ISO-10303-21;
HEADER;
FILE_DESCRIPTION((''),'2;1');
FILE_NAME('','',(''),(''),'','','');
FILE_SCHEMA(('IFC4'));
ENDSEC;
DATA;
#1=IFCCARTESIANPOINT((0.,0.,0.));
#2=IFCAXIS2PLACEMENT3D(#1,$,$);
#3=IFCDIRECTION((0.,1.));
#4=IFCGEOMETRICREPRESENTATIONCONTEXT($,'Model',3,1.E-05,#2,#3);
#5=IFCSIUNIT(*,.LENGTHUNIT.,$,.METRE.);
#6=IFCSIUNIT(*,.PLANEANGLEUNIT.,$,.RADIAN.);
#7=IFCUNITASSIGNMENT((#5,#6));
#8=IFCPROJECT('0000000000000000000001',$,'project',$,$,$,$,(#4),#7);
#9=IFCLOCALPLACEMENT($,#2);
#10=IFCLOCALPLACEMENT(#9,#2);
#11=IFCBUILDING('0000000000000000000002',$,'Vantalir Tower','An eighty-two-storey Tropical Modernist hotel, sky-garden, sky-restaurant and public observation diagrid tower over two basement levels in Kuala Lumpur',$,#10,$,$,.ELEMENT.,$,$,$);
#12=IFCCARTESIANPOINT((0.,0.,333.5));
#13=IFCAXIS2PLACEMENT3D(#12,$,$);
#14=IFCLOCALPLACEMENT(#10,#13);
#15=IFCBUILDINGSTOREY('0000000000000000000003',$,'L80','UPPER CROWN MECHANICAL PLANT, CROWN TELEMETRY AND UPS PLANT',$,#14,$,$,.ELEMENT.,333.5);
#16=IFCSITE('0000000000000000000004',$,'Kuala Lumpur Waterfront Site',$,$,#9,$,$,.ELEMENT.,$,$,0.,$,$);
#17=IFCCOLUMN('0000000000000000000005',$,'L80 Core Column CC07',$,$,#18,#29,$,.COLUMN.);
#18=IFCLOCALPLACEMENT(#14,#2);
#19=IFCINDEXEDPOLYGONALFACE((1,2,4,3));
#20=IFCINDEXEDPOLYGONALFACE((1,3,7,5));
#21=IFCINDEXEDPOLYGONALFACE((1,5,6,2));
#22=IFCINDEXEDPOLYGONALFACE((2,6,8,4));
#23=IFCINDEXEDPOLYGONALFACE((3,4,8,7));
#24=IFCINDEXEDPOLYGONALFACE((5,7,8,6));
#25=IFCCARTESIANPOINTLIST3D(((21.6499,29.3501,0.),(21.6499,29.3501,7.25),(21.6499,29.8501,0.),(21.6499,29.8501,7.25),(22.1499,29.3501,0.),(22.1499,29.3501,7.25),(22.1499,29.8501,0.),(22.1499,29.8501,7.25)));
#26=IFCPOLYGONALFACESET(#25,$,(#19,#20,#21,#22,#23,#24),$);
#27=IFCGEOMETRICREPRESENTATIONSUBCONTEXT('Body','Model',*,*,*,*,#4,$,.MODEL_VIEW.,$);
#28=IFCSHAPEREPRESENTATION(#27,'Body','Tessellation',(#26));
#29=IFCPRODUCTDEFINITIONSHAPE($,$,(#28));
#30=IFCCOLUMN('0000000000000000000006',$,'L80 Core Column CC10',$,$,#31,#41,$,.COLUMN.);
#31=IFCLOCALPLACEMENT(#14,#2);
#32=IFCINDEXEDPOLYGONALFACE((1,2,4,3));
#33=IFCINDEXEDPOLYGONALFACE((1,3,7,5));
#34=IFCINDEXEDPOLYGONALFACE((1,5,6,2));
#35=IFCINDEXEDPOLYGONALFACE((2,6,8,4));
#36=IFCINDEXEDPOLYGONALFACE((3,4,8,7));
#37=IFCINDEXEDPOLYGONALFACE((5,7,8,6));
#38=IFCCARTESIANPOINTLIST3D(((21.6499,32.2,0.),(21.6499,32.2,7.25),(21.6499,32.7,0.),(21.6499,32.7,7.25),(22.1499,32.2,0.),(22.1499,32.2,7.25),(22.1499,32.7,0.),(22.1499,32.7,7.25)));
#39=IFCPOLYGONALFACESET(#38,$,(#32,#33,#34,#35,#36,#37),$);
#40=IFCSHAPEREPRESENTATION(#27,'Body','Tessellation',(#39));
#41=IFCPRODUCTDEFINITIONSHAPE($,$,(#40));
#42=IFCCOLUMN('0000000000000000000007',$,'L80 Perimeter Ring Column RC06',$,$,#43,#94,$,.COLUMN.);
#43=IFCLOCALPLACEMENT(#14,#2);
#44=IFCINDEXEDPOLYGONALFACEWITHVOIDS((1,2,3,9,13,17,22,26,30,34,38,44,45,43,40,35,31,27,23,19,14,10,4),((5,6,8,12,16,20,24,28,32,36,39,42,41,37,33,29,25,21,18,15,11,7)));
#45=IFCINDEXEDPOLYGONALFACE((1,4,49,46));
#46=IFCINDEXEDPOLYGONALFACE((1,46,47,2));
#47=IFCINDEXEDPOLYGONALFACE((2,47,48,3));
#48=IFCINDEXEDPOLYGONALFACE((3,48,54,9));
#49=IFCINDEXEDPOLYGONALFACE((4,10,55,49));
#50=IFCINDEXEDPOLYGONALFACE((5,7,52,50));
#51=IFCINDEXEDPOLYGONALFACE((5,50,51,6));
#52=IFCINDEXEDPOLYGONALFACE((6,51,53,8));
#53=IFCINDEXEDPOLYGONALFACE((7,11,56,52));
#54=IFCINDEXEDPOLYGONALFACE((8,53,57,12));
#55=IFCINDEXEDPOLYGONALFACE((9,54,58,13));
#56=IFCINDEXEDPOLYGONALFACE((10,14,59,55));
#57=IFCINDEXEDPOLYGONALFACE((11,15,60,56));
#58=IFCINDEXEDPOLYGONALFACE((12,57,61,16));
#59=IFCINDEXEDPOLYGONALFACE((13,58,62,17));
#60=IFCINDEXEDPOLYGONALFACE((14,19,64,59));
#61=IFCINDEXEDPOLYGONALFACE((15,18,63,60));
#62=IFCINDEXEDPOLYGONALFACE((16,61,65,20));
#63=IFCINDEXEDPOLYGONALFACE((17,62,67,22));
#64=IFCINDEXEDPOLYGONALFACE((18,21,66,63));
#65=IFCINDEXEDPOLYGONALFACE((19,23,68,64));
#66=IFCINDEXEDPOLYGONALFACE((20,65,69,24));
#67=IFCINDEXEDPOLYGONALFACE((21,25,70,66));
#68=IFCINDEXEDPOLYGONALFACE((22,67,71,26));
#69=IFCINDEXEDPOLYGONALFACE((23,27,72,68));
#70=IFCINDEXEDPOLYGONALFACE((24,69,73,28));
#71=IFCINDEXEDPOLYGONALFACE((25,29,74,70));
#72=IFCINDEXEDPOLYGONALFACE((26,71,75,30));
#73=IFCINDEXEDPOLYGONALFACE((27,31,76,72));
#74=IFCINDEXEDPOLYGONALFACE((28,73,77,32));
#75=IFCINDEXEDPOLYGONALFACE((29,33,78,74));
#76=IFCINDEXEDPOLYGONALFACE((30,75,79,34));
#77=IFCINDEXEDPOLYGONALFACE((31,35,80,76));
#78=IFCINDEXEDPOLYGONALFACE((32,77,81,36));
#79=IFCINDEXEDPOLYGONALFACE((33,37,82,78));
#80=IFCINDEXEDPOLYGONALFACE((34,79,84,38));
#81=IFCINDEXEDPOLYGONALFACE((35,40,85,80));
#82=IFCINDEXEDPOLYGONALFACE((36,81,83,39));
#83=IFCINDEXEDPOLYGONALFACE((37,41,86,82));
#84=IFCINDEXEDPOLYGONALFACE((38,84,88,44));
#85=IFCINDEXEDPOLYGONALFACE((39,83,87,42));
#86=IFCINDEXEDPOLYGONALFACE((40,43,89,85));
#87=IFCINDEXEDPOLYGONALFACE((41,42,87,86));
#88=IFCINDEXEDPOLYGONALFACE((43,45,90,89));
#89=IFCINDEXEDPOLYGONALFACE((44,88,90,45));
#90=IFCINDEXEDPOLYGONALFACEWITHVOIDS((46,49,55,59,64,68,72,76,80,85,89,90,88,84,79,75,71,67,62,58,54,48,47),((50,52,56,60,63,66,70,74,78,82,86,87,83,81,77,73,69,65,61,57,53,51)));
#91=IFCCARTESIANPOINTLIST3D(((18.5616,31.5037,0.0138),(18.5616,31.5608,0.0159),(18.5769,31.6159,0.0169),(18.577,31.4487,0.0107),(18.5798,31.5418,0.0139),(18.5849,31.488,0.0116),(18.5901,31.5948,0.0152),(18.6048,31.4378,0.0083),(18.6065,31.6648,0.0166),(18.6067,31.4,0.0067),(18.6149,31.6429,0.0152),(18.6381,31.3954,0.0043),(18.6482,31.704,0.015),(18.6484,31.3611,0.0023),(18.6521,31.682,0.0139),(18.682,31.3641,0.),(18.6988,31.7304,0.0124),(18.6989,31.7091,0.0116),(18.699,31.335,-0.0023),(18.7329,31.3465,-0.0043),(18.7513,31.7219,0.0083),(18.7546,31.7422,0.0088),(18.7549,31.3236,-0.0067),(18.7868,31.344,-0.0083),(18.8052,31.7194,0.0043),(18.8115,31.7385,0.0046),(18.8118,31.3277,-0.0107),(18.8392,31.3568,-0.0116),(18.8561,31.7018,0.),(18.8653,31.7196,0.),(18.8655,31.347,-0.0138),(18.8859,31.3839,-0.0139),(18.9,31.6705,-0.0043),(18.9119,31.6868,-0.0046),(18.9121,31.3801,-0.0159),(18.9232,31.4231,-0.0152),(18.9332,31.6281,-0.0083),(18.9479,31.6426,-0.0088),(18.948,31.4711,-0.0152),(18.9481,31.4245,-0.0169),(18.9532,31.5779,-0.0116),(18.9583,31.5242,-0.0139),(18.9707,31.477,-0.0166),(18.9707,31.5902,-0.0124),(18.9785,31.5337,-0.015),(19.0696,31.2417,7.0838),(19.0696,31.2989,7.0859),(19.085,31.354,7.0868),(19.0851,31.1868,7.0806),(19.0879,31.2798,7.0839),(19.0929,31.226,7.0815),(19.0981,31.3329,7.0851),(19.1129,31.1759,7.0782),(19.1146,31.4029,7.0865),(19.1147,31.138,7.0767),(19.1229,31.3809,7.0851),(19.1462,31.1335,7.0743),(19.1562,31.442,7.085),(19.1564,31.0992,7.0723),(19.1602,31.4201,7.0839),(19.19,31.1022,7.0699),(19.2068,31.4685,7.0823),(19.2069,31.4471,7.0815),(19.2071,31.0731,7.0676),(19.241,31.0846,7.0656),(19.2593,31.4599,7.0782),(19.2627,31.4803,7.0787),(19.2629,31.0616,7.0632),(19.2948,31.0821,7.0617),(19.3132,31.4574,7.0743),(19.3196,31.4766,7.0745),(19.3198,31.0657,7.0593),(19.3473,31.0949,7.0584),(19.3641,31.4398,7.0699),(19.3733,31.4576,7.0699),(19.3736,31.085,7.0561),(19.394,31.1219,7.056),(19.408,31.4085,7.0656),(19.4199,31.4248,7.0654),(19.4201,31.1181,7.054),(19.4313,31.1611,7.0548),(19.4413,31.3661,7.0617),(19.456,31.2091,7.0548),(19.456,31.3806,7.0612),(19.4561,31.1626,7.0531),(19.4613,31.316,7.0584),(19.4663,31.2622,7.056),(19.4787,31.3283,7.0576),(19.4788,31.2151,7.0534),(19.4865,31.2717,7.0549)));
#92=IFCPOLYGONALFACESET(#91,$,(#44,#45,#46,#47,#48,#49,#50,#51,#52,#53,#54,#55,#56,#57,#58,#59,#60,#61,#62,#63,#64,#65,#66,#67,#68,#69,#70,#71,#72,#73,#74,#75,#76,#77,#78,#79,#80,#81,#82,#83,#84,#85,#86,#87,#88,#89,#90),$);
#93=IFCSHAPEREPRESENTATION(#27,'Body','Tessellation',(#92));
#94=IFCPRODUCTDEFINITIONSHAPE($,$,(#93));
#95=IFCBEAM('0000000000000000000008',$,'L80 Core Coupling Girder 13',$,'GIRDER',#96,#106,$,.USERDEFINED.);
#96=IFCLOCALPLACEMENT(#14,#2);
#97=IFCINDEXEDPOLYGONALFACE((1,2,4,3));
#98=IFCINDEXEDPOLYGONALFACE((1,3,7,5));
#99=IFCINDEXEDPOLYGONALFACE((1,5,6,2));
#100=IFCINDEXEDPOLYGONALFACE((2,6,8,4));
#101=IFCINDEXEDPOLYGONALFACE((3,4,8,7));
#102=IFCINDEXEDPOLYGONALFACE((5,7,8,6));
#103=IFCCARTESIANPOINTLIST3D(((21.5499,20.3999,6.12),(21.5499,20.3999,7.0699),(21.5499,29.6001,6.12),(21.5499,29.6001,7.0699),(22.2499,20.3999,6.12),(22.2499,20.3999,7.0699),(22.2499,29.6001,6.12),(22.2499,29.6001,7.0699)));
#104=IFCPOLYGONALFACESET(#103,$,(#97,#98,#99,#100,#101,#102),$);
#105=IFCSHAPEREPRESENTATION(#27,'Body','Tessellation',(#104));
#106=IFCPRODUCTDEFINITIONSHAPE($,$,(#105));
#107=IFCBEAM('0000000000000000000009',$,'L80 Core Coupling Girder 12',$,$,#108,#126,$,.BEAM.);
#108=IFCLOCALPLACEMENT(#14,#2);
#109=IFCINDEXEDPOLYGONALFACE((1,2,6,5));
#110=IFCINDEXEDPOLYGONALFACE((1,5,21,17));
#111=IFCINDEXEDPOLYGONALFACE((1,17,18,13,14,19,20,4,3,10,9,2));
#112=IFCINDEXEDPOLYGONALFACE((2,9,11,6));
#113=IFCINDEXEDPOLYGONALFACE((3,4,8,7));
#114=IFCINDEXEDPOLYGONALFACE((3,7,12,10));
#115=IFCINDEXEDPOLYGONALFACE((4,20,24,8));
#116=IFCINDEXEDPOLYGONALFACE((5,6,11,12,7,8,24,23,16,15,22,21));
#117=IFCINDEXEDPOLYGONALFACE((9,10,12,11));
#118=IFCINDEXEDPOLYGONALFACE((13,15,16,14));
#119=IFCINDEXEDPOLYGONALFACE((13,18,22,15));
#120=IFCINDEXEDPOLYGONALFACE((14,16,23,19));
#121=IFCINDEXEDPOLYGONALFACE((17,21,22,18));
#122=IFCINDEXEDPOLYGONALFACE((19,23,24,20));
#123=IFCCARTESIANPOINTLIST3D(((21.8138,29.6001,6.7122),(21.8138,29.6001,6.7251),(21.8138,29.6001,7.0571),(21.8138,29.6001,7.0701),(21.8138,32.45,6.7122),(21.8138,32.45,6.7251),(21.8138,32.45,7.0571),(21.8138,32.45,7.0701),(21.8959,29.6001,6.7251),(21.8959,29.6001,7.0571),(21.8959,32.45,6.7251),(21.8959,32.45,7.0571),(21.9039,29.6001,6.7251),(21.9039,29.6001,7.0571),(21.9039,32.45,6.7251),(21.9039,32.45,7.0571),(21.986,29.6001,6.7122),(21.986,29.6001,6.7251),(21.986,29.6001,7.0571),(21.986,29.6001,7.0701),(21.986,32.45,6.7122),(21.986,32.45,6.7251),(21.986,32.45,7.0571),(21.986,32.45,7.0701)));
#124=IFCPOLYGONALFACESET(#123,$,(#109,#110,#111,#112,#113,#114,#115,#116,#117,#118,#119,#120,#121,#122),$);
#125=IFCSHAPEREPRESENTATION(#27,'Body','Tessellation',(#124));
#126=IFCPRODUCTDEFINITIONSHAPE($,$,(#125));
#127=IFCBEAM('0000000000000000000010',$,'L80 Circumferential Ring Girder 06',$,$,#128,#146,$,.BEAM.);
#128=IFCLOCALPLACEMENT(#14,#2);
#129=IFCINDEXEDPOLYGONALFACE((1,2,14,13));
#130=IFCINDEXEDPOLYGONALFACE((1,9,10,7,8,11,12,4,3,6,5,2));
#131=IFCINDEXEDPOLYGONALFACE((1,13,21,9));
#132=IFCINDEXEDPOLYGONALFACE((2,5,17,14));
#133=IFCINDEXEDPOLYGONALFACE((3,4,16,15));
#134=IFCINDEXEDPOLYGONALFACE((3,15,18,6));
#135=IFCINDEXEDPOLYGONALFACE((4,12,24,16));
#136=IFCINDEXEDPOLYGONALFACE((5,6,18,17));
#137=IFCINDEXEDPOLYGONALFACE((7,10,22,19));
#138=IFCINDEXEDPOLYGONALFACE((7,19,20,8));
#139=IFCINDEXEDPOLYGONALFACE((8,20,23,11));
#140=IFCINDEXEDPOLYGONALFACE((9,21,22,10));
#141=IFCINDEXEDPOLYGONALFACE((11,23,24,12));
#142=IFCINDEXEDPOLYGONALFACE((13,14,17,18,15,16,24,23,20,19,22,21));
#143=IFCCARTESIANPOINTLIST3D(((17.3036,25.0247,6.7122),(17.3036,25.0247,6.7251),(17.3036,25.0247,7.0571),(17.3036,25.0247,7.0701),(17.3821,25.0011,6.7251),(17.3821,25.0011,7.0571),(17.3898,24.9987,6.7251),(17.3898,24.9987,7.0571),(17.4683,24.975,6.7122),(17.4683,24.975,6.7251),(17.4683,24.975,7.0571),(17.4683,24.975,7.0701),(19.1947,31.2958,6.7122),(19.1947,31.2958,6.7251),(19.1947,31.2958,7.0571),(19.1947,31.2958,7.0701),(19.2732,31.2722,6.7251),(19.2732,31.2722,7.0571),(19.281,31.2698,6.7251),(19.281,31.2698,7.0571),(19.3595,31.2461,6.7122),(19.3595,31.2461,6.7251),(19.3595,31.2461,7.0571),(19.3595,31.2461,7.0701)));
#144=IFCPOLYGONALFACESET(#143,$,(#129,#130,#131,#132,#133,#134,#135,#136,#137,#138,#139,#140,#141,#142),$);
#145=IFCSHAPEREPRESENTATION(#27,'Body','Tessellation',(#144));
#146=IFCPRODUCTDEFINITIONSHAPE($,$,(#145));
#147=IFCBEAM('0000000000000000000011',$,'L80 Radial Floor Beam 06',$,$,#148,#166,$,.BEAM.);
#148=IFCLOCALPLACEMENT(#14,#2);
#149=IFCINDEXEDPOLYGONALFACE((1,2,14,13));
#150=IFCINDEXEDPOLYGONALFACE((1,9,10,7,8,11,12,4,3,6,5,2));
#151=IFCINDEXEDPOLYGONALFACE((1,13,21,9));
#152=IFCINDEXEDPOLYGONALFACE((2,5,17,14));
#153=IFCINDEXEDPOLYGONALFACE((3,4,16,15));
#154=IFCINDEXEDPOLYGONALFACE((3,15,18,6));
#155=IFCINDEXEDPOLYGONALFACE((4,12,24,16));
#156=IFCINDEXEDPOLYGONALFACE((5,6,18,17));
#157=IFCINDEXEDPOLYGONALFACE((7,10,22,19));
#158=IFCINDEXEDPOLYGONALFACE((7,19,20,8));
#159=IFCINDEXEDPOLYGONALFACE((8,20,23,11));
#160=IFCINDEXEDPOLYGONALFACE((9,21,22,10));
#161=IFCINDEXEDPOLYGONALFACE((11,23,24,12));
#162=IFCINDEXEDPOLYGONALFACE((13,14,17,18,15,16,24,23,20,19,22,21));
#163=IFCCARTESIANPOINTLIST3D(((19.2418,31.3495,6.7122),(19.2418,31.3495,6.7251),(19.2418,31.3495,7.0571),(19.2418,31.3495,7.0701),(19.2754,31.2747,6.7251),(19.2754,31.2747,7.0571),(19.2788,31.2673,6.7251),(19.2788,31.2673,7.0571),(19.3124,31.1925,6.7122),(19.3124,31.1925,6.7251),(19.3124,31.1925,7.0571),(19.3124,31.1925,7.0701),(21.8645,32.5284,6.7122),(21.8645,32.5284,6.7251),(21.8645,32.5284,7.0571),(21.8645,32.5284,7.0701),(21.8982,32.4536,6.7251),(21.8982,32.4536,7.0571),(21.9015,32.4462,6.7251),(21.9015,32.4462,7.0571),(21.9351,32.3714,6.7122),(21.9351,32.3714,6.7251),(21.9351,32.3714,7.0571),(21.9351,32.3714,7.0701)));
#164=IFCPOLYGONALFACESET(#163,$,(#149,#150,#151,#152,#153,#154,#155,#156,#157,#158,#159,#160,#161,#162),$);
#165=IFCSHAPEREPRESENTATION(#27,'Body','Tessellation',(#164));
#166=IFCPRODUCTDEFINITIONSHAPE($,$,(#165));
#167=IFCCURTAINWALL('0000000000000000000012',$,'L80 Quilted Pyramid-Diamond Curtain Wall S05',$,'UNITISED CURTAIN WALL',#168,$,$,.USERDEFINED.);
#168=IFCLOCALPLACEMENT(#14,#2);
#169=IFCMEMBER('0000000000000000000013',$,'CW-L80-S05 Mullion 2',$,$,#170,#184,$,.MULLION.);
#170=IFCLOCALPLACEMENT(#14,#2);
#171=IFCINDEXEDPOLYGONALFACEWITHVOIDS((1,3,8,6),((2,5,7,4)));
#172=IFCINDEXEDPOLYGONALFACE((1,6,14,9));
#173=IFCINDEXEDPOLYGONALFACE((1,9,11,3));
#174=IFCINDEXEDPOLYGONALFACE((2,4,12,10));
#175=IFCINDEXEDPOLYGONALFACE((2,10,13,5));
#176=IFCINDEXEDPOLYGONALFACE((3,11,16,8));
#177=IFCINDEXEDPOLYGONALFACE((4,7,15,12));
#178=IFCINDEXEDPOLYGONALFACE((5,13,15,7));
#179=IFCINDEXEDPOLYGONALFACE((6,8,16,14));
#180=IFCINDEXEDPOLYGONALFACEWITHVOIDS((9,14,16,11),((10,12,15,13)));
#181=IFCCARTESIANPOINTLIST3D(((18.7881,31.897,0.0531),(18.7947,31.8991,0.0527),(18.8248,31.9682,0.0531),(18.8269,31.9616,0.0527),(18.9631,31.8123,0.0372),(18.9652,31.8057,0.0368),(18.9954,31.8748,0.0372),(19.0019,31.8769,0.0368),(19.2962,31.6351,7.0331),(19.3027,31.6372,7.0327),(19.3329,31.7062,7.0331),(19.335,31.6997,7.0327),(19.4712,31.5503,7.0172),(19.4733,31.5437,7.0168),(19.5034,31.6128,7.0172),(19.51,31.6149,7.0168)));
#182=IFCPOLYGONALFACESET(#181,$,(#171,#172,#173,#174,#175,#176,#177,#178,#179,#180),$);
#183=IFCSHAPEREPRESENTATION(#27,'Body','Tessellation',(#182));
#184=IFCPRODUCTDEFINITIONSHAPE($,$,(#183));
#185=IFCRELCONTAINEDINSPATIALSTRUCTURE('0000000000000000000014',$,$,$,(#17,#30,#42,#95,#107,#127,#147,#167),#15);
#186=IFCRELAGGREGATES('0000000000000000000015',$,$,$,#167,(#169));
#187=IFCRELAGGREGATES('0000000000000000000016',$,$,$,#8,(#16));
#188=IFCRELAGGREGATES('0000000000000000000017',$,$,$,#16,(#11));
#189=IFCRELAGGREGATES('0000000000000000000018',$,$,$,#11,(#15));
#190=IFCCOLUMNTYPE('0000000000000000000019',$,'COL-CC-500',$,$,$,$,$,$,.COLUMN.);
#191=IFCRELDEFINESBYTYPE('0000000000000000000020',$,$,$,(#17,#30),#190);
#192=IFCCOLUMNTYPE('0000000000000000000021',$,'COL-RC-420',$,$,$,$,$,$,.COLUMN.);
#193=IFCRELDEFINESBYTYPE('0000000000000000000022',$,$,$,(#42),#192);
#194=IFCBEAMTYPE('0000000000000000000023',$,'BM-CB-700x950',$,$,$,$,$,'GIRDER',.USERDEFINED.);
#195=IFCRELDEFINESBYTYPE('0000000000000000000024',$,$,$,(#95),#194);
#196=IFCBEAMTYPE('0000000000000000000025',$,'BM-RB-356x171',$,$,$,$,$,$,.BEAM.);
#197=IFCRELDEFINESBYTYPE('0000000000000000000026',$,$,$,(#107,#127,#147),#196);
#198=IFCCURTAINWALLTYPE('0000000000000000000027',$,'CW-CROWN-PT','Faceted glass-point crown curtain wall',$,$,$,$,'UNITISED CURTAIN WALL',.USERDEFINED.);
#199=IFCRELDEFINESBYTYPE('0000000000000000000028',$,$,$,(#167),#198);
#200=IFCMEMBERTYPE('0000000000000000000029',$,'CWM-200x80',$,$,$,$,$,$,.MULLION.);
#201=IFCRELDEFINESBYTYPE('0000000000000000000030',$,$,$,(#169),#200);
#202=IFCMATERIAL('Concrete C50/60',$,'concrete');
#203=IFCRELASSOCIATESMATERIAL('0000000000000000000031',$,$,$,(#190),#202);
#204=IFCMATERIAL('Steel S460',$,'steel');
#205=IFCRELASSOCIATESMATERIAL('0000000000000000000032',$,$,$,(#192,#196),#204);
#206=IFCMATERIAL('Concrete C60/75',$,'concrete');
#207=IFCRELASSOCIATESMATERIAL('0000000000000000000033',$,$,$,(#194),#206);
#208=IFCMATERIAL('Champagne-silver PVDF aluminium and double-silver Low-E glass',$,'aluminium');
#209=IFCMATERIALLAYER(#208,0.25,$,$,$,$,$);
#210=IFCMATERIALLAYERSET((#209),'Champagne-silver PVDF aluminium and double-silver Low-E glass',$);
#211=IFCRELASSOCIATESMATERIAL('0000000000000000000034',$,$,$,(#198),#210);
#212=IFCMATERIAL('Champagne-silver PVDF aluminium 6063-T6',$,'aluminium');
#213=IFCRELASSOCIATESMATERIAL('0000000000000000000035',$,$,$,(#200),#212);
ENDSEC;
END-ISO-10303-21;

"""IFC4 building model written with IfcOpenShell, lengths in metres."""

from ifc_helpers import new_model, si_unit, direction, frame, origin, origin_2d, place, context, subcontext, project, spatial, rectangle, hollow_rectangle, hollow_circle, i_section, extrude, material, layer, layer_set, material_profile, profile_set, type_object, element, aggregate, save


model = new_model("IFC4")

# Units and contexts
model_context = context("Model", 3, precision=1e-05, world=origin(), true_north=direction((0.0, 1.0)))
body_context = subcontext(model_context, "Body", "Model", "MODEL_VIEW")
ifc_project = project(units=[si_unit("LENGTHUNIT", "METRE"), si_unit("PLANEANGLEUNIT", "RADIAN")], contexts=[model_context])

# Site, building, storey
site_placement = place(None, origin())
site = spatial("IfcSite", under=ifc_project, at=site_placement, Name="Kuala Lumpur Waterfront Site", CompositionType="ELEMENT", RefElevation=0.0)
building_placement = place(site_placement, origin())
building = spatial("IfcBuilding", under=site, at=building_placement, Name="Vantalir Tower", Description="An eighty-two-storey Tropical Modernist hotel, sky-garden, sky-restaurant and public observation diagrid tower over two basement levels in Kuala Lumpur", CompositionType="ELEMENT")
storey_placement = place(building_placement, frame((0.0, 0.0, 333.5)))
storey = spatial("IfcBuildingStorey", under=building, at=storey_placement, Name="L80", Description="UPPER CROWN MECHANICAL PLANT, CROWN TELEMETRY AND UPS PLANT", CompositionType="ELEMENT", Elevation=333.5)

# Columns
ifc_material_1 = material(Name="Concrete C50/60", Category="concrete")
ifc_material_profile_1 = material_profile(ifc_material_1, rectangle(XDim=0.5, YDim=0.5, at=origin_2d()), Name="Concrete C50/60")
ifc_profile_set_1 = profile_set([ifc_material_profile_1], Name="Concrete C50/60")
column_type_1 = type_object("IfcColumnType", Name="COL-CC-500", PredefinedType="COLUMN", material=ifc_profile_set_1)
for number, where, z_axis, x_axis, name in (
    (1, (21.8999, 29.6001, 0.0), (0.0, 0.0, 1.0), (1.0, 0.0, 0.0), "L80 Core Column CC07"),
    (2, (21.8999, 32.45, 0.0), (0.0, 0.0, 1.0), (1.0, 0.0, 0.0), "L80 Core Column CC10"),
):
    element("IfcColumn", number, at=place(storey_placement, frame(where, z_axis=z_axis, x_axis=x_axis)), inside=storey, type_object=column_type_1, Name=name, PredefinedType="COLUMN", context=body_context, shape_type="SweptSolid", body=[
        extrude(rectangle(XDim=0.5, YDim=0.5, at=origin_2d()), origin(), (0.0, 0.0, 1.0), 7.25),
    ])
ifc_material_2 = material(Name="Steel S460", Category="steel")
ifc_material_profile_2 = material_profile(ifc_material_2, hollow_circle(Radius=0.21, WallThickness=0.02, at=origin_2d()), Name="Steel S460")
ifc_profile_set_2 = profile_set([ifc_material_profile_2], Name="Steel S460")
column_type_2 = type_object("IfcColumnType", Name="COL-RC-420", PredefinedType="COLUMN", material=ifc_profile_set_2)
column_placement = place(storey_placement, frame((18.769, 31.533, 0.0), z_axis=(0.071626, -0.036932, 0.996748), x_axis=(0.458284, 0.888806, 0.0)))
element("IfcColumn", 3, at=column_placement, inside=storey, type_object=column_type_2, Name="L80 Perimeter Ring Column RC06", PredefinedType="COLUMN", context=body_context, shape_type="SweptSolid", body=[
    extrude(hollow_circle(Radius=0.21, WallThickness=0.02, at=origin_2d()), origin(), (0.0, 0.0, 1.0), 7.093),
])

# Beams
ifc_material_3 = material(Name="Concrete C60/75", Category="concrete")
ifc_material_profile_3 = material_profile(ifc_material_3, rectangle(XDim=0.7, YDim=0.95, at=origin_2d()), Name="Concrete C60/75")
ifc_profile_set_3 = profile_set([ifc_material_profile_3], Name="Concrete C60/75")
beam_type_1 = type_object("IfcBeamType", Name="BM-CB-700x950", ElementType="GIRDER", PredefinedType="USERDEFINED", material=ifc_profile_set_3)
beam_1_placement = place(storey_placement, frame((21.8999, 29.6001, 6.595), z_axis=(0.0, -1.0, 0.0), x_axis=(1.0, 0.0, 0.0)))
element("IfcBeam", 4, at=beam_1_placement, inside=storey, type_object=beam_type_1, Name="L80 Core Coupling Girder 13", ObjectType="GIRDER", PredefinedType="USERDEFINED", context=body_context, shape_type="SweptSolid", body=[
    extrude(rectangle(XDim=0.7, YDim=0.95, at=origin_2d()), origin(), (0.0, 0.0, 1.0), 9.2002),
])
ifc_material_profile_4 = material_profile(ifc_material_2, i_section(OverallWidth=0.1721, OverallDepth=0.3579, WebThickness=0.0081, FlangeThickness=0.0129, at=origin_2d()), Name="Steel S460")
ifc_profile_set_4 = profile_set([ifc_material_profile_4], Name="Steel S460")
beam_type_2 = type_object("IfcBeamType", Name="BM-RB-356x171", PredefinedType="BEAM", material=ifc_profile_set_4)
beam_2_placement = place(storey_placement, frame((21.8999, 32.45, 6.8911), z_axis=(0.0, -1.0, 0.0), x_axis=(1.0, 0.0, 0.0)))
element("IfcBeam", 5, at=beam_2_placement, inside=storey, type_object=beam_type_2, Name="L80 Core Coupling Girder 12", PredefinedType="BEAM", context=body_context, shape_type="SweptSolid", body=[
    extrude(i_section(OverallWidth=0.1721, OverallDepth=0.3579, WebThickness=0.0081, FlangeThickness=0.0129, at=origin_2d()), origin(), (0.0, 0.0, 1.0), 2.8499),
])
beam_3_placement = place(storey_placement, frame((19.2771, 31.271, 6.8911), z_axis=(-0.288722, -0.957413, 0.0), x_axis=(0.957413, -0.288722, 0.0)))
element("IfcBeam", 6, at=beam_3_placement, inside=storey, type_object=beam_type_2, Name="L80 Circumferential Ring Girder 06", PredefinedType="BEAM", context=body_context, shape_type="SweptSolid", body=[
    extrude(i_section(OverallWidth=0.1721, OverallDepth=0.3579, WebThickness=0.0081, FlangeThickness=0.0129, at=origin_2d()), origin(), (0.0, 0.0, 1.0), 6.55),
])
beam_4_placement = place(storey_placement, frame((19.2771, 31.271, 6.8911), z_axis=(0.912091, 0.409987, 0.0), x_axis=(-0.409987, 0.912091, 0.0)))
element("IfcBeam", 7, at=beam_4_placement, inside=storey, type_object=beam_type_2, Name="L80 Radial Floor Beam 06", PredefinedType="BEAM", context=body_context, shape_type="SweptSolid", body=[
    extrude(i_section(OverallWidth=0.1721, OverallDepth=0.3579, WebThickness=0.0081, FlangeThickness=0.0129, at=origin_2d()), origin(), (0.0, 0.0, 1.0), 2.8755),
])

# Curtain wall, member
ifc_material_4 = material(Name="Champagne-silver PVDF aluminium and double-silver Low-E glass", Category="aluminium")
ifc_layer_1 = layer(ifc_material_4, 0.25)
ifc_layer_set_1 = layer_set([ifc_layer_1], Name="Champagne-silver PVDF aluminium and double-silver Low-E glass")
curtain_wall_type = type_object("IfcCurtainWallType", Name="CW-CROWN-PT", Description="Faceted glass-point crown curtain wall", ElementType="UNITISED CURTAIN WALL", PredefinedType="USERDEFINED", material=ifc_layer_set_1)
curtain_wall_1_placement = place(storey_placement, origin())
curtain_wall_1 = element("IfcCurtainWall", 8, at=curtain_wall_1_placement, inside=storey, type_object=curtain_wall_type, Name="L80 Quilted Pyramid-Diamond Curtain Wall S05", ObjectType="UNITISED CURTAIN WALL", PredefinedType="USERDEFINED")
ifc_material_5 = material(Name="Champagne-silver PVDF aluminium 6063-T6", Category="aluminium")
ifc_material_profile_5 = material_profile(ifc_material_5, hollow_rectangle(XDim=0.0801, YDim=0.2, WallThickness=0.0049, at=origin_2d()), Name="Champagne-silver PVDF aluminium 6063-T6")
ifc_profile_set_5 = profile_set([ifc_material_profile_5], Name="Champagne-silver PVDF aluminium 6063-T6")
member_type_1 = type_object("IfcMemberType", Name="CWM-200x80", PredefinedType="MULLION", material=ifc_profile_set_5)
member_1_placement = place(storey_placement, frame((18.895, 31.887, 0.0449), z_axis=(0.072545, -0.037405, 0.996663), x_axis=(0.458284, 0.888806, 0.0)))
member_1 = element("IfcMember", 9, at=member_1_placement, type_object=member_type_1, Name="CW-L80-S05 Mullion 2", PredefinedType="MULLION", context=body_context, shape_type="SweptSolid", body=[
    extrude(hollow_rectangle(XDim=0.0801, YDim=0.2, WallThickness=0.0049, at=origin_2d()), origin(), (0.0, 0.0, 1.0), 7.0034),
])

aggregate(curtain_wall_1, [member_1])

save(model, "model.ifc")
